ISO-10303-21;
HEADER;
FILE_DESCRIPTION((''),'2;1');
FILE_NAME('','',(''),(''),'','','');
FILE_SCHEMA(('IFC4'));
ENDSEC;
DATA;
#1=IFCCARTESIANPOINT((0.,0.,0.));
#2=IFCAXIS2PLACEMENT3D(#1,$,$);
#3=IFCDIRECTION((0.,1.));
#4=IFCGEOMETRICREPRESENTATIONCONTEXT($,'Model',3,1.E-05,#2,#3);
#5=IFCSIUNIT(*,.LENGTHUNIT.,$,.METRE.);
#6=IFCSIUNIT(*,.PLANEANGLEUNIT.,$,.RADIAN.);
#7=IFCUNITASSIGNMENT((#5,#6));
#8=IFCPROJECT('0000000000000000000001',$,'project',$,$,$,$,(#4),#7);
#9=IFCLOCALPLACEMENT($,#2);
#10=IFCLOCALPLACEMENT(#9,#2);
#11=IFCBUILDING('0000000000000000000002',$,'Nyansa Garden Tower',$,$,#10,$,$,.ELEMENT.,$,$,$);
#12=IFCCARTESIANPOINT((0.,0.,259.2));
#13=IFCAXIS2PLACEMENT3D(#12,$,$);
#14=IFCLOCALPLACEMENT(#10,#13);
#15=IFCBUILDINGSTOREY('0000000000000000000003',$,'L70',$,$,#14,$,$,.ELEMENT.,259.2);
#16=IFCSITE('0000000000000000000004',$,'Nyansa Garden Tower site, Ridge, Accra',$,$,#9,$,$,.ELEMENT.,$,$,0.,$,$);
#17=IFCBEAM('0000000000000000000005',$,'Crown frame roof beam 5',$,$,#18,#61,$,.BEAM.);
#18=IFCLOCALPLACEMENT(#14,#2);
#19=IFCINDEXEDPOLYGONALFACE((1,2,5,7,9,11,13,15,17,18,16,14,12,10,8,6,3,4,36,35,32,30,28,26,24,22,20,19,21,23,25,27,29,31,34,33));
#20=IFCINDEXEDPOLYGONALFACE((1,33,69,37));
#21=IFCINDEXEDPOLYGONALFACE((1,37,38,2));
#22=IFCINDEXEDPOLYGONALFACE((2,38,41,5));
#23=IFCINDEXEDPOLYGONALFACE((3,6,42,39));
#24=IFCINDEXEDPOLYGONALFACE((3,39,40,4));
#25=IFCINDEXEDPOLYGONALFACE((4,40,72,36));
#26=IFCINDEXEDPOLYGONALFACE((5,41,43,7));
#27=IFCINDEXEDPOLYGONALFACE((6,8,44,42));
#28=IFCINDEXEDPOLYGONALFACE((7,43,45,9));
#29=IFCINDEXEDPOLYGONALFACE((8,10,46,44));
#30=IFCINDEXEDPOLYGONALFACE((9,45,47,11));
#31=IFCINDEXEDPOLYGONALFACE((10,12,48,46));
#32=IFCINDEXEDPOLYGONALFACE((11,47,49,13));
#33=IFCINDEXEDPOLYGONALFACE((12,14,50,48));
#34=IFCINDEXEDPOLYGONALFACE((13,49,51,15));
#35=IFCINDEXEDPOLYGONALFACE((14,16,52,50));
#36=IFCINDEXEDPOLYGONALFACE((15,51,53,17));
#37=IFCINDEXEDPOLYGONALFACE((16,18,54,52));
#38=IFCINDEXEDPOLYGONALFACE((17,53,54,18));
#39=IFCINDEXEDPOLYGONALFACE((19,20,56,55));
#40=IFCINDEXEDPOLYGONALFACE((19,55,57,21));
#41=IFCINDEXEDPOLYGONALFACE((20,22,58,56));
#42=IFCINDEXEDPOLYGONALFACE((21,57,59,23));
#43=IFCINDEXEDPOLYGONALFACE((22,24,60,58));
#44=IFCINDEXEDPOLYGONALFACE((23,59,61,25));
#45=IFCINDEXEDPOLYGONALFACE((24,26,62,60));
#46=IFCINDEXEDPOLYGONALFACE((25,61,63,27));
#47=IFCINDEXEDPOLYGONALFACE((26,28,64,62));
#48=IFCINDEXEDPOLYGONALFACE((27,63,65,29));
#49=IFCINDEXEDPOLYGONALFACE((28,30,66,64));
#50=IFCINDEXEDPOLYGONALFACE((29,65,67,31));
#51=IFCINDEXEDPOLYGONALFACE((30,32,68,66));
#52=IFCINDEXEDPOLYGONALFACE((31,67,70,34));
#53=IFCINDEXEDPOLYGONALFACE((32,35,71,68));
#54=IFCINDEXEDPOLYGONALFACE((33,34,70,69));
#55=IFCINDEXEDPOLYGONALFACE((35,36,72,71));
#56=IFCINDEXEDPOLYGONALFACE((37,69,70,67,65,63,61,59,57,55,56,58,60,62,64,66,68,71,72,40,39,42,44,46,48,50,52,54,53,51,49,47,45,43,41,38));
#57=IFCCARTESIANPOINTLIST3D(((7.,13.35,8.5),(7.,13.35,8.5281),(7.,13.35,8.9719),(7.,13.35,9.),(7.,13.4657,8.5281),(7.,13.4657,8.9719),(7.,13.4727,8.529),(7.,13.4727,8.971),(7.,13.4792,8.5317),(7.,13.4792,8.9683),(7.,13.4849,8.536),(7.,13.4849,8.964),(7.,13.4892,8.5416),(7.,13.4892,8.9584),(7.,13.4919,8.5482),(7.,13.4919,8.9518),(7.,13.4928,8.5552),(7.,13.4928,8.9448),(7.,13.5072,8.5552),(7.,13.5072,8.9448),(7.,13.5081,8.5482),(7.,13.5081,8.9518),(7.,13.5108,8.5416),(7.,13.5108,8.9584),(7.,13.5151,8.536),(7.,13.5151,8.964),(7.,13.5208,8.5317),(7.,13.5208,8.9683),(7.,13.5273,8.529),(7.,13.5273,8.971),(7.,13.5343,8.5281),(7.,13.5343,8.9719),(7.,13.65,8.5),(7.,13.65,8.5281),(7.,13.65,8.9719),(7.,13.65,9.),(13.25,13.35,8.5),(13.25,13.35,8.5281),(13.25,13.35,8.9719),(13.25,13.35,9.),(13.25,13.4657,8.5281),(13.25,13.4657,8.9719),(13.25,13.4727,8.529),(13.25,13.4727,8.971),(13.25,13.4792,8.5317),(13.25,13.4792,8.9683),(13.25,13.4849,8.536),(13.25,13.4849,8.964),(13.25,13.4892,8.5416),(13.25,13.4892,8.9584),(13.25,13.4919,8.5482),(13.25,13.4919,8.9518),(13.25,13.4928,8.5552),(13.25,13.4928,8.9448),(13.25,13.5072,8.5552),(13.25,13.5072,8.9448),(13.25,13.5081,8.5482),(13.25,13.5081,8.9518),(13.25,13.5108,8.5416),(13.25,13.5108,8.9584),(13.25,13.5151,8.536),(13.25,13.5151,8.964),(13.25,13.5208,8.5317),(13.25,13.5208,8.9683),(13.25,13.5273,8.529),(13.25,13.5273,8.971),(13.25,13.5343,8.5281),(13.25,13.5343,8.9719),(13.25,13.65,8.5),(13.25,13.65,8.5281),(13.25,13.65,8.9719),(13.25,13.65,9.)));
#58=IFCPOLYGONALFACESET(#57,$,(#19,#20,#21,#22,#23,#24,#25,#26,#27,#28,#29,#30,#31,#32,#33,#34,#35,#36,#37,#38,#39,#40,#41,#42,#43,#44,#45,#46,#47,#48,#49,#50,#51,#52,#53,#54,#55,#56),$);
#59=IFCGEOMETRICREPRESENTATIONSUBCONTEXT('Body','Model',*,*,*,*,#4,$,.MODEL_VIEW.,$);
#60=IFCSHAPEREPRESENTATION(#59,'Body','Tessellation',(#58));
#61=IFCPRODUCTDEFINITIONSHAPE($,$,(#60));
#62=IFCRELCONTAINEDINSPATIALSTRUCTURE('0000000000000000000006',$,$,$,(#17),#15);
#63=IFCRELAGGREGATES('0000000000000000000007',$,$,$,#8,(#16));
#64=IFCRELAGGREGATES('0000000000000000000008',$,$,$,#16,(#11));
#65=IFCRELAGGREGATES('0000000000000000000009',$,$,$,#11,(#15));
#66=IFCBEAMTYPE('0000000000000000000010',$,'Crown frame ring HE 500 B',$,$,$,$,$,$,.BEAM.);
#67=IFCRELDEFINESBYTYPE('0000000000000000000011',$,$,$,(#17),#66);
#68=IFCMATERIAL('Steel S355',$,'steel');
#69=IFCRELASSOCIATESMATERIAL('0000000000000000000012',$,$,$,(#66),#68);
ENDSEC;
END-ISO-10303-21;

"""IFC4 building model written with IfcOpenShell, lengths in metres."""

from ifc_helpers import new_model, si_unit, direction, frame, origin, origin_2d, place, context, subcontext, project, spatial, i_section, extrude, material, material_profile, profile_set, type_object, element, save


model = new_model("IFC4")

# Units and contexts
model_context = context("Model", 3, precision=1e-05, world=origin(), true_north=direction((0.0, 1.0)))
body_context = subcontext(model_context, "Body", "Model", "MODEL_VIEW")
ifc_project = project(units=[si_unit("LENGTHUNIT", "METRE"), si_unit("PLANEANGLEUNIT", "RADIAN")], contexts=[model_context])

# Site, building, storey
site_placement = place(None, origin())
site = spatial("IfcSite", under=ifc_project, at=site_placement, Name="Nyansa Garden Tower site, Ridge, Accra", CompositionType="ELEMENT", RefElevation=0.0)
building_placement = place(site_placement, origin())
building = spatial("IfcBuilding", under=site, at=building_placement, Name="Nyansa Garden Tower", CompositionType="ELEMENT")
storey_placement = place(building_placement, frame((0.0, 0.0, 259.2)))
storey = spatial("IfcBuildingStorey", under=building, at=storey_placement, Name="L70", CompositionType="ELEMENT", Elevation=259.2)

# Beam
ifc_material_1 = material(Name="Steel S355", Category="steel")
ifc_material_profile_1 = material_profile(ifc_material_1, i_section(OverallWidth=0.3, OverallDepth=0.5, WebThickness=0.0144, FlangeThickness=0.0281, FilletRadius=0.0271, at=origin_2d()), Name="HE 500 B")
ifc_profile_set_1 = profile_set([ifc_material_profile_1], Name="Steel S355")
beam_type_1 = type_object("IfcBeamType", Name="Crown frame ring HE 500 B", PredefinedType="BEAM", material=ifc_profile_set_1)
beam_1_placement = place(storey_placement, frame((7.0, 13.5, 8.75), z_axis=(1.0, 0.0, 0.0), x_axis=(0.0, 1.0, 0.0)))
element("IfcBeam", 1, at=beam_1_placement, inside=storey, type_object=beam_type_1, Name="Crown frame roof beam 5", PredefinedType="BEAM", context=body_context, shape_type="SweptSolid", body=[
    extrude(i_section(OverallWidth=0.3, OverallDepth=0.5, WebThickness=0.0144, FlangeThickness=0.0281, FilletRadius=0.0271, at=origin_2d()), origin(), (0.0, 0.0, 1.0), 6.25),
])

save(model, "model.ifc")
